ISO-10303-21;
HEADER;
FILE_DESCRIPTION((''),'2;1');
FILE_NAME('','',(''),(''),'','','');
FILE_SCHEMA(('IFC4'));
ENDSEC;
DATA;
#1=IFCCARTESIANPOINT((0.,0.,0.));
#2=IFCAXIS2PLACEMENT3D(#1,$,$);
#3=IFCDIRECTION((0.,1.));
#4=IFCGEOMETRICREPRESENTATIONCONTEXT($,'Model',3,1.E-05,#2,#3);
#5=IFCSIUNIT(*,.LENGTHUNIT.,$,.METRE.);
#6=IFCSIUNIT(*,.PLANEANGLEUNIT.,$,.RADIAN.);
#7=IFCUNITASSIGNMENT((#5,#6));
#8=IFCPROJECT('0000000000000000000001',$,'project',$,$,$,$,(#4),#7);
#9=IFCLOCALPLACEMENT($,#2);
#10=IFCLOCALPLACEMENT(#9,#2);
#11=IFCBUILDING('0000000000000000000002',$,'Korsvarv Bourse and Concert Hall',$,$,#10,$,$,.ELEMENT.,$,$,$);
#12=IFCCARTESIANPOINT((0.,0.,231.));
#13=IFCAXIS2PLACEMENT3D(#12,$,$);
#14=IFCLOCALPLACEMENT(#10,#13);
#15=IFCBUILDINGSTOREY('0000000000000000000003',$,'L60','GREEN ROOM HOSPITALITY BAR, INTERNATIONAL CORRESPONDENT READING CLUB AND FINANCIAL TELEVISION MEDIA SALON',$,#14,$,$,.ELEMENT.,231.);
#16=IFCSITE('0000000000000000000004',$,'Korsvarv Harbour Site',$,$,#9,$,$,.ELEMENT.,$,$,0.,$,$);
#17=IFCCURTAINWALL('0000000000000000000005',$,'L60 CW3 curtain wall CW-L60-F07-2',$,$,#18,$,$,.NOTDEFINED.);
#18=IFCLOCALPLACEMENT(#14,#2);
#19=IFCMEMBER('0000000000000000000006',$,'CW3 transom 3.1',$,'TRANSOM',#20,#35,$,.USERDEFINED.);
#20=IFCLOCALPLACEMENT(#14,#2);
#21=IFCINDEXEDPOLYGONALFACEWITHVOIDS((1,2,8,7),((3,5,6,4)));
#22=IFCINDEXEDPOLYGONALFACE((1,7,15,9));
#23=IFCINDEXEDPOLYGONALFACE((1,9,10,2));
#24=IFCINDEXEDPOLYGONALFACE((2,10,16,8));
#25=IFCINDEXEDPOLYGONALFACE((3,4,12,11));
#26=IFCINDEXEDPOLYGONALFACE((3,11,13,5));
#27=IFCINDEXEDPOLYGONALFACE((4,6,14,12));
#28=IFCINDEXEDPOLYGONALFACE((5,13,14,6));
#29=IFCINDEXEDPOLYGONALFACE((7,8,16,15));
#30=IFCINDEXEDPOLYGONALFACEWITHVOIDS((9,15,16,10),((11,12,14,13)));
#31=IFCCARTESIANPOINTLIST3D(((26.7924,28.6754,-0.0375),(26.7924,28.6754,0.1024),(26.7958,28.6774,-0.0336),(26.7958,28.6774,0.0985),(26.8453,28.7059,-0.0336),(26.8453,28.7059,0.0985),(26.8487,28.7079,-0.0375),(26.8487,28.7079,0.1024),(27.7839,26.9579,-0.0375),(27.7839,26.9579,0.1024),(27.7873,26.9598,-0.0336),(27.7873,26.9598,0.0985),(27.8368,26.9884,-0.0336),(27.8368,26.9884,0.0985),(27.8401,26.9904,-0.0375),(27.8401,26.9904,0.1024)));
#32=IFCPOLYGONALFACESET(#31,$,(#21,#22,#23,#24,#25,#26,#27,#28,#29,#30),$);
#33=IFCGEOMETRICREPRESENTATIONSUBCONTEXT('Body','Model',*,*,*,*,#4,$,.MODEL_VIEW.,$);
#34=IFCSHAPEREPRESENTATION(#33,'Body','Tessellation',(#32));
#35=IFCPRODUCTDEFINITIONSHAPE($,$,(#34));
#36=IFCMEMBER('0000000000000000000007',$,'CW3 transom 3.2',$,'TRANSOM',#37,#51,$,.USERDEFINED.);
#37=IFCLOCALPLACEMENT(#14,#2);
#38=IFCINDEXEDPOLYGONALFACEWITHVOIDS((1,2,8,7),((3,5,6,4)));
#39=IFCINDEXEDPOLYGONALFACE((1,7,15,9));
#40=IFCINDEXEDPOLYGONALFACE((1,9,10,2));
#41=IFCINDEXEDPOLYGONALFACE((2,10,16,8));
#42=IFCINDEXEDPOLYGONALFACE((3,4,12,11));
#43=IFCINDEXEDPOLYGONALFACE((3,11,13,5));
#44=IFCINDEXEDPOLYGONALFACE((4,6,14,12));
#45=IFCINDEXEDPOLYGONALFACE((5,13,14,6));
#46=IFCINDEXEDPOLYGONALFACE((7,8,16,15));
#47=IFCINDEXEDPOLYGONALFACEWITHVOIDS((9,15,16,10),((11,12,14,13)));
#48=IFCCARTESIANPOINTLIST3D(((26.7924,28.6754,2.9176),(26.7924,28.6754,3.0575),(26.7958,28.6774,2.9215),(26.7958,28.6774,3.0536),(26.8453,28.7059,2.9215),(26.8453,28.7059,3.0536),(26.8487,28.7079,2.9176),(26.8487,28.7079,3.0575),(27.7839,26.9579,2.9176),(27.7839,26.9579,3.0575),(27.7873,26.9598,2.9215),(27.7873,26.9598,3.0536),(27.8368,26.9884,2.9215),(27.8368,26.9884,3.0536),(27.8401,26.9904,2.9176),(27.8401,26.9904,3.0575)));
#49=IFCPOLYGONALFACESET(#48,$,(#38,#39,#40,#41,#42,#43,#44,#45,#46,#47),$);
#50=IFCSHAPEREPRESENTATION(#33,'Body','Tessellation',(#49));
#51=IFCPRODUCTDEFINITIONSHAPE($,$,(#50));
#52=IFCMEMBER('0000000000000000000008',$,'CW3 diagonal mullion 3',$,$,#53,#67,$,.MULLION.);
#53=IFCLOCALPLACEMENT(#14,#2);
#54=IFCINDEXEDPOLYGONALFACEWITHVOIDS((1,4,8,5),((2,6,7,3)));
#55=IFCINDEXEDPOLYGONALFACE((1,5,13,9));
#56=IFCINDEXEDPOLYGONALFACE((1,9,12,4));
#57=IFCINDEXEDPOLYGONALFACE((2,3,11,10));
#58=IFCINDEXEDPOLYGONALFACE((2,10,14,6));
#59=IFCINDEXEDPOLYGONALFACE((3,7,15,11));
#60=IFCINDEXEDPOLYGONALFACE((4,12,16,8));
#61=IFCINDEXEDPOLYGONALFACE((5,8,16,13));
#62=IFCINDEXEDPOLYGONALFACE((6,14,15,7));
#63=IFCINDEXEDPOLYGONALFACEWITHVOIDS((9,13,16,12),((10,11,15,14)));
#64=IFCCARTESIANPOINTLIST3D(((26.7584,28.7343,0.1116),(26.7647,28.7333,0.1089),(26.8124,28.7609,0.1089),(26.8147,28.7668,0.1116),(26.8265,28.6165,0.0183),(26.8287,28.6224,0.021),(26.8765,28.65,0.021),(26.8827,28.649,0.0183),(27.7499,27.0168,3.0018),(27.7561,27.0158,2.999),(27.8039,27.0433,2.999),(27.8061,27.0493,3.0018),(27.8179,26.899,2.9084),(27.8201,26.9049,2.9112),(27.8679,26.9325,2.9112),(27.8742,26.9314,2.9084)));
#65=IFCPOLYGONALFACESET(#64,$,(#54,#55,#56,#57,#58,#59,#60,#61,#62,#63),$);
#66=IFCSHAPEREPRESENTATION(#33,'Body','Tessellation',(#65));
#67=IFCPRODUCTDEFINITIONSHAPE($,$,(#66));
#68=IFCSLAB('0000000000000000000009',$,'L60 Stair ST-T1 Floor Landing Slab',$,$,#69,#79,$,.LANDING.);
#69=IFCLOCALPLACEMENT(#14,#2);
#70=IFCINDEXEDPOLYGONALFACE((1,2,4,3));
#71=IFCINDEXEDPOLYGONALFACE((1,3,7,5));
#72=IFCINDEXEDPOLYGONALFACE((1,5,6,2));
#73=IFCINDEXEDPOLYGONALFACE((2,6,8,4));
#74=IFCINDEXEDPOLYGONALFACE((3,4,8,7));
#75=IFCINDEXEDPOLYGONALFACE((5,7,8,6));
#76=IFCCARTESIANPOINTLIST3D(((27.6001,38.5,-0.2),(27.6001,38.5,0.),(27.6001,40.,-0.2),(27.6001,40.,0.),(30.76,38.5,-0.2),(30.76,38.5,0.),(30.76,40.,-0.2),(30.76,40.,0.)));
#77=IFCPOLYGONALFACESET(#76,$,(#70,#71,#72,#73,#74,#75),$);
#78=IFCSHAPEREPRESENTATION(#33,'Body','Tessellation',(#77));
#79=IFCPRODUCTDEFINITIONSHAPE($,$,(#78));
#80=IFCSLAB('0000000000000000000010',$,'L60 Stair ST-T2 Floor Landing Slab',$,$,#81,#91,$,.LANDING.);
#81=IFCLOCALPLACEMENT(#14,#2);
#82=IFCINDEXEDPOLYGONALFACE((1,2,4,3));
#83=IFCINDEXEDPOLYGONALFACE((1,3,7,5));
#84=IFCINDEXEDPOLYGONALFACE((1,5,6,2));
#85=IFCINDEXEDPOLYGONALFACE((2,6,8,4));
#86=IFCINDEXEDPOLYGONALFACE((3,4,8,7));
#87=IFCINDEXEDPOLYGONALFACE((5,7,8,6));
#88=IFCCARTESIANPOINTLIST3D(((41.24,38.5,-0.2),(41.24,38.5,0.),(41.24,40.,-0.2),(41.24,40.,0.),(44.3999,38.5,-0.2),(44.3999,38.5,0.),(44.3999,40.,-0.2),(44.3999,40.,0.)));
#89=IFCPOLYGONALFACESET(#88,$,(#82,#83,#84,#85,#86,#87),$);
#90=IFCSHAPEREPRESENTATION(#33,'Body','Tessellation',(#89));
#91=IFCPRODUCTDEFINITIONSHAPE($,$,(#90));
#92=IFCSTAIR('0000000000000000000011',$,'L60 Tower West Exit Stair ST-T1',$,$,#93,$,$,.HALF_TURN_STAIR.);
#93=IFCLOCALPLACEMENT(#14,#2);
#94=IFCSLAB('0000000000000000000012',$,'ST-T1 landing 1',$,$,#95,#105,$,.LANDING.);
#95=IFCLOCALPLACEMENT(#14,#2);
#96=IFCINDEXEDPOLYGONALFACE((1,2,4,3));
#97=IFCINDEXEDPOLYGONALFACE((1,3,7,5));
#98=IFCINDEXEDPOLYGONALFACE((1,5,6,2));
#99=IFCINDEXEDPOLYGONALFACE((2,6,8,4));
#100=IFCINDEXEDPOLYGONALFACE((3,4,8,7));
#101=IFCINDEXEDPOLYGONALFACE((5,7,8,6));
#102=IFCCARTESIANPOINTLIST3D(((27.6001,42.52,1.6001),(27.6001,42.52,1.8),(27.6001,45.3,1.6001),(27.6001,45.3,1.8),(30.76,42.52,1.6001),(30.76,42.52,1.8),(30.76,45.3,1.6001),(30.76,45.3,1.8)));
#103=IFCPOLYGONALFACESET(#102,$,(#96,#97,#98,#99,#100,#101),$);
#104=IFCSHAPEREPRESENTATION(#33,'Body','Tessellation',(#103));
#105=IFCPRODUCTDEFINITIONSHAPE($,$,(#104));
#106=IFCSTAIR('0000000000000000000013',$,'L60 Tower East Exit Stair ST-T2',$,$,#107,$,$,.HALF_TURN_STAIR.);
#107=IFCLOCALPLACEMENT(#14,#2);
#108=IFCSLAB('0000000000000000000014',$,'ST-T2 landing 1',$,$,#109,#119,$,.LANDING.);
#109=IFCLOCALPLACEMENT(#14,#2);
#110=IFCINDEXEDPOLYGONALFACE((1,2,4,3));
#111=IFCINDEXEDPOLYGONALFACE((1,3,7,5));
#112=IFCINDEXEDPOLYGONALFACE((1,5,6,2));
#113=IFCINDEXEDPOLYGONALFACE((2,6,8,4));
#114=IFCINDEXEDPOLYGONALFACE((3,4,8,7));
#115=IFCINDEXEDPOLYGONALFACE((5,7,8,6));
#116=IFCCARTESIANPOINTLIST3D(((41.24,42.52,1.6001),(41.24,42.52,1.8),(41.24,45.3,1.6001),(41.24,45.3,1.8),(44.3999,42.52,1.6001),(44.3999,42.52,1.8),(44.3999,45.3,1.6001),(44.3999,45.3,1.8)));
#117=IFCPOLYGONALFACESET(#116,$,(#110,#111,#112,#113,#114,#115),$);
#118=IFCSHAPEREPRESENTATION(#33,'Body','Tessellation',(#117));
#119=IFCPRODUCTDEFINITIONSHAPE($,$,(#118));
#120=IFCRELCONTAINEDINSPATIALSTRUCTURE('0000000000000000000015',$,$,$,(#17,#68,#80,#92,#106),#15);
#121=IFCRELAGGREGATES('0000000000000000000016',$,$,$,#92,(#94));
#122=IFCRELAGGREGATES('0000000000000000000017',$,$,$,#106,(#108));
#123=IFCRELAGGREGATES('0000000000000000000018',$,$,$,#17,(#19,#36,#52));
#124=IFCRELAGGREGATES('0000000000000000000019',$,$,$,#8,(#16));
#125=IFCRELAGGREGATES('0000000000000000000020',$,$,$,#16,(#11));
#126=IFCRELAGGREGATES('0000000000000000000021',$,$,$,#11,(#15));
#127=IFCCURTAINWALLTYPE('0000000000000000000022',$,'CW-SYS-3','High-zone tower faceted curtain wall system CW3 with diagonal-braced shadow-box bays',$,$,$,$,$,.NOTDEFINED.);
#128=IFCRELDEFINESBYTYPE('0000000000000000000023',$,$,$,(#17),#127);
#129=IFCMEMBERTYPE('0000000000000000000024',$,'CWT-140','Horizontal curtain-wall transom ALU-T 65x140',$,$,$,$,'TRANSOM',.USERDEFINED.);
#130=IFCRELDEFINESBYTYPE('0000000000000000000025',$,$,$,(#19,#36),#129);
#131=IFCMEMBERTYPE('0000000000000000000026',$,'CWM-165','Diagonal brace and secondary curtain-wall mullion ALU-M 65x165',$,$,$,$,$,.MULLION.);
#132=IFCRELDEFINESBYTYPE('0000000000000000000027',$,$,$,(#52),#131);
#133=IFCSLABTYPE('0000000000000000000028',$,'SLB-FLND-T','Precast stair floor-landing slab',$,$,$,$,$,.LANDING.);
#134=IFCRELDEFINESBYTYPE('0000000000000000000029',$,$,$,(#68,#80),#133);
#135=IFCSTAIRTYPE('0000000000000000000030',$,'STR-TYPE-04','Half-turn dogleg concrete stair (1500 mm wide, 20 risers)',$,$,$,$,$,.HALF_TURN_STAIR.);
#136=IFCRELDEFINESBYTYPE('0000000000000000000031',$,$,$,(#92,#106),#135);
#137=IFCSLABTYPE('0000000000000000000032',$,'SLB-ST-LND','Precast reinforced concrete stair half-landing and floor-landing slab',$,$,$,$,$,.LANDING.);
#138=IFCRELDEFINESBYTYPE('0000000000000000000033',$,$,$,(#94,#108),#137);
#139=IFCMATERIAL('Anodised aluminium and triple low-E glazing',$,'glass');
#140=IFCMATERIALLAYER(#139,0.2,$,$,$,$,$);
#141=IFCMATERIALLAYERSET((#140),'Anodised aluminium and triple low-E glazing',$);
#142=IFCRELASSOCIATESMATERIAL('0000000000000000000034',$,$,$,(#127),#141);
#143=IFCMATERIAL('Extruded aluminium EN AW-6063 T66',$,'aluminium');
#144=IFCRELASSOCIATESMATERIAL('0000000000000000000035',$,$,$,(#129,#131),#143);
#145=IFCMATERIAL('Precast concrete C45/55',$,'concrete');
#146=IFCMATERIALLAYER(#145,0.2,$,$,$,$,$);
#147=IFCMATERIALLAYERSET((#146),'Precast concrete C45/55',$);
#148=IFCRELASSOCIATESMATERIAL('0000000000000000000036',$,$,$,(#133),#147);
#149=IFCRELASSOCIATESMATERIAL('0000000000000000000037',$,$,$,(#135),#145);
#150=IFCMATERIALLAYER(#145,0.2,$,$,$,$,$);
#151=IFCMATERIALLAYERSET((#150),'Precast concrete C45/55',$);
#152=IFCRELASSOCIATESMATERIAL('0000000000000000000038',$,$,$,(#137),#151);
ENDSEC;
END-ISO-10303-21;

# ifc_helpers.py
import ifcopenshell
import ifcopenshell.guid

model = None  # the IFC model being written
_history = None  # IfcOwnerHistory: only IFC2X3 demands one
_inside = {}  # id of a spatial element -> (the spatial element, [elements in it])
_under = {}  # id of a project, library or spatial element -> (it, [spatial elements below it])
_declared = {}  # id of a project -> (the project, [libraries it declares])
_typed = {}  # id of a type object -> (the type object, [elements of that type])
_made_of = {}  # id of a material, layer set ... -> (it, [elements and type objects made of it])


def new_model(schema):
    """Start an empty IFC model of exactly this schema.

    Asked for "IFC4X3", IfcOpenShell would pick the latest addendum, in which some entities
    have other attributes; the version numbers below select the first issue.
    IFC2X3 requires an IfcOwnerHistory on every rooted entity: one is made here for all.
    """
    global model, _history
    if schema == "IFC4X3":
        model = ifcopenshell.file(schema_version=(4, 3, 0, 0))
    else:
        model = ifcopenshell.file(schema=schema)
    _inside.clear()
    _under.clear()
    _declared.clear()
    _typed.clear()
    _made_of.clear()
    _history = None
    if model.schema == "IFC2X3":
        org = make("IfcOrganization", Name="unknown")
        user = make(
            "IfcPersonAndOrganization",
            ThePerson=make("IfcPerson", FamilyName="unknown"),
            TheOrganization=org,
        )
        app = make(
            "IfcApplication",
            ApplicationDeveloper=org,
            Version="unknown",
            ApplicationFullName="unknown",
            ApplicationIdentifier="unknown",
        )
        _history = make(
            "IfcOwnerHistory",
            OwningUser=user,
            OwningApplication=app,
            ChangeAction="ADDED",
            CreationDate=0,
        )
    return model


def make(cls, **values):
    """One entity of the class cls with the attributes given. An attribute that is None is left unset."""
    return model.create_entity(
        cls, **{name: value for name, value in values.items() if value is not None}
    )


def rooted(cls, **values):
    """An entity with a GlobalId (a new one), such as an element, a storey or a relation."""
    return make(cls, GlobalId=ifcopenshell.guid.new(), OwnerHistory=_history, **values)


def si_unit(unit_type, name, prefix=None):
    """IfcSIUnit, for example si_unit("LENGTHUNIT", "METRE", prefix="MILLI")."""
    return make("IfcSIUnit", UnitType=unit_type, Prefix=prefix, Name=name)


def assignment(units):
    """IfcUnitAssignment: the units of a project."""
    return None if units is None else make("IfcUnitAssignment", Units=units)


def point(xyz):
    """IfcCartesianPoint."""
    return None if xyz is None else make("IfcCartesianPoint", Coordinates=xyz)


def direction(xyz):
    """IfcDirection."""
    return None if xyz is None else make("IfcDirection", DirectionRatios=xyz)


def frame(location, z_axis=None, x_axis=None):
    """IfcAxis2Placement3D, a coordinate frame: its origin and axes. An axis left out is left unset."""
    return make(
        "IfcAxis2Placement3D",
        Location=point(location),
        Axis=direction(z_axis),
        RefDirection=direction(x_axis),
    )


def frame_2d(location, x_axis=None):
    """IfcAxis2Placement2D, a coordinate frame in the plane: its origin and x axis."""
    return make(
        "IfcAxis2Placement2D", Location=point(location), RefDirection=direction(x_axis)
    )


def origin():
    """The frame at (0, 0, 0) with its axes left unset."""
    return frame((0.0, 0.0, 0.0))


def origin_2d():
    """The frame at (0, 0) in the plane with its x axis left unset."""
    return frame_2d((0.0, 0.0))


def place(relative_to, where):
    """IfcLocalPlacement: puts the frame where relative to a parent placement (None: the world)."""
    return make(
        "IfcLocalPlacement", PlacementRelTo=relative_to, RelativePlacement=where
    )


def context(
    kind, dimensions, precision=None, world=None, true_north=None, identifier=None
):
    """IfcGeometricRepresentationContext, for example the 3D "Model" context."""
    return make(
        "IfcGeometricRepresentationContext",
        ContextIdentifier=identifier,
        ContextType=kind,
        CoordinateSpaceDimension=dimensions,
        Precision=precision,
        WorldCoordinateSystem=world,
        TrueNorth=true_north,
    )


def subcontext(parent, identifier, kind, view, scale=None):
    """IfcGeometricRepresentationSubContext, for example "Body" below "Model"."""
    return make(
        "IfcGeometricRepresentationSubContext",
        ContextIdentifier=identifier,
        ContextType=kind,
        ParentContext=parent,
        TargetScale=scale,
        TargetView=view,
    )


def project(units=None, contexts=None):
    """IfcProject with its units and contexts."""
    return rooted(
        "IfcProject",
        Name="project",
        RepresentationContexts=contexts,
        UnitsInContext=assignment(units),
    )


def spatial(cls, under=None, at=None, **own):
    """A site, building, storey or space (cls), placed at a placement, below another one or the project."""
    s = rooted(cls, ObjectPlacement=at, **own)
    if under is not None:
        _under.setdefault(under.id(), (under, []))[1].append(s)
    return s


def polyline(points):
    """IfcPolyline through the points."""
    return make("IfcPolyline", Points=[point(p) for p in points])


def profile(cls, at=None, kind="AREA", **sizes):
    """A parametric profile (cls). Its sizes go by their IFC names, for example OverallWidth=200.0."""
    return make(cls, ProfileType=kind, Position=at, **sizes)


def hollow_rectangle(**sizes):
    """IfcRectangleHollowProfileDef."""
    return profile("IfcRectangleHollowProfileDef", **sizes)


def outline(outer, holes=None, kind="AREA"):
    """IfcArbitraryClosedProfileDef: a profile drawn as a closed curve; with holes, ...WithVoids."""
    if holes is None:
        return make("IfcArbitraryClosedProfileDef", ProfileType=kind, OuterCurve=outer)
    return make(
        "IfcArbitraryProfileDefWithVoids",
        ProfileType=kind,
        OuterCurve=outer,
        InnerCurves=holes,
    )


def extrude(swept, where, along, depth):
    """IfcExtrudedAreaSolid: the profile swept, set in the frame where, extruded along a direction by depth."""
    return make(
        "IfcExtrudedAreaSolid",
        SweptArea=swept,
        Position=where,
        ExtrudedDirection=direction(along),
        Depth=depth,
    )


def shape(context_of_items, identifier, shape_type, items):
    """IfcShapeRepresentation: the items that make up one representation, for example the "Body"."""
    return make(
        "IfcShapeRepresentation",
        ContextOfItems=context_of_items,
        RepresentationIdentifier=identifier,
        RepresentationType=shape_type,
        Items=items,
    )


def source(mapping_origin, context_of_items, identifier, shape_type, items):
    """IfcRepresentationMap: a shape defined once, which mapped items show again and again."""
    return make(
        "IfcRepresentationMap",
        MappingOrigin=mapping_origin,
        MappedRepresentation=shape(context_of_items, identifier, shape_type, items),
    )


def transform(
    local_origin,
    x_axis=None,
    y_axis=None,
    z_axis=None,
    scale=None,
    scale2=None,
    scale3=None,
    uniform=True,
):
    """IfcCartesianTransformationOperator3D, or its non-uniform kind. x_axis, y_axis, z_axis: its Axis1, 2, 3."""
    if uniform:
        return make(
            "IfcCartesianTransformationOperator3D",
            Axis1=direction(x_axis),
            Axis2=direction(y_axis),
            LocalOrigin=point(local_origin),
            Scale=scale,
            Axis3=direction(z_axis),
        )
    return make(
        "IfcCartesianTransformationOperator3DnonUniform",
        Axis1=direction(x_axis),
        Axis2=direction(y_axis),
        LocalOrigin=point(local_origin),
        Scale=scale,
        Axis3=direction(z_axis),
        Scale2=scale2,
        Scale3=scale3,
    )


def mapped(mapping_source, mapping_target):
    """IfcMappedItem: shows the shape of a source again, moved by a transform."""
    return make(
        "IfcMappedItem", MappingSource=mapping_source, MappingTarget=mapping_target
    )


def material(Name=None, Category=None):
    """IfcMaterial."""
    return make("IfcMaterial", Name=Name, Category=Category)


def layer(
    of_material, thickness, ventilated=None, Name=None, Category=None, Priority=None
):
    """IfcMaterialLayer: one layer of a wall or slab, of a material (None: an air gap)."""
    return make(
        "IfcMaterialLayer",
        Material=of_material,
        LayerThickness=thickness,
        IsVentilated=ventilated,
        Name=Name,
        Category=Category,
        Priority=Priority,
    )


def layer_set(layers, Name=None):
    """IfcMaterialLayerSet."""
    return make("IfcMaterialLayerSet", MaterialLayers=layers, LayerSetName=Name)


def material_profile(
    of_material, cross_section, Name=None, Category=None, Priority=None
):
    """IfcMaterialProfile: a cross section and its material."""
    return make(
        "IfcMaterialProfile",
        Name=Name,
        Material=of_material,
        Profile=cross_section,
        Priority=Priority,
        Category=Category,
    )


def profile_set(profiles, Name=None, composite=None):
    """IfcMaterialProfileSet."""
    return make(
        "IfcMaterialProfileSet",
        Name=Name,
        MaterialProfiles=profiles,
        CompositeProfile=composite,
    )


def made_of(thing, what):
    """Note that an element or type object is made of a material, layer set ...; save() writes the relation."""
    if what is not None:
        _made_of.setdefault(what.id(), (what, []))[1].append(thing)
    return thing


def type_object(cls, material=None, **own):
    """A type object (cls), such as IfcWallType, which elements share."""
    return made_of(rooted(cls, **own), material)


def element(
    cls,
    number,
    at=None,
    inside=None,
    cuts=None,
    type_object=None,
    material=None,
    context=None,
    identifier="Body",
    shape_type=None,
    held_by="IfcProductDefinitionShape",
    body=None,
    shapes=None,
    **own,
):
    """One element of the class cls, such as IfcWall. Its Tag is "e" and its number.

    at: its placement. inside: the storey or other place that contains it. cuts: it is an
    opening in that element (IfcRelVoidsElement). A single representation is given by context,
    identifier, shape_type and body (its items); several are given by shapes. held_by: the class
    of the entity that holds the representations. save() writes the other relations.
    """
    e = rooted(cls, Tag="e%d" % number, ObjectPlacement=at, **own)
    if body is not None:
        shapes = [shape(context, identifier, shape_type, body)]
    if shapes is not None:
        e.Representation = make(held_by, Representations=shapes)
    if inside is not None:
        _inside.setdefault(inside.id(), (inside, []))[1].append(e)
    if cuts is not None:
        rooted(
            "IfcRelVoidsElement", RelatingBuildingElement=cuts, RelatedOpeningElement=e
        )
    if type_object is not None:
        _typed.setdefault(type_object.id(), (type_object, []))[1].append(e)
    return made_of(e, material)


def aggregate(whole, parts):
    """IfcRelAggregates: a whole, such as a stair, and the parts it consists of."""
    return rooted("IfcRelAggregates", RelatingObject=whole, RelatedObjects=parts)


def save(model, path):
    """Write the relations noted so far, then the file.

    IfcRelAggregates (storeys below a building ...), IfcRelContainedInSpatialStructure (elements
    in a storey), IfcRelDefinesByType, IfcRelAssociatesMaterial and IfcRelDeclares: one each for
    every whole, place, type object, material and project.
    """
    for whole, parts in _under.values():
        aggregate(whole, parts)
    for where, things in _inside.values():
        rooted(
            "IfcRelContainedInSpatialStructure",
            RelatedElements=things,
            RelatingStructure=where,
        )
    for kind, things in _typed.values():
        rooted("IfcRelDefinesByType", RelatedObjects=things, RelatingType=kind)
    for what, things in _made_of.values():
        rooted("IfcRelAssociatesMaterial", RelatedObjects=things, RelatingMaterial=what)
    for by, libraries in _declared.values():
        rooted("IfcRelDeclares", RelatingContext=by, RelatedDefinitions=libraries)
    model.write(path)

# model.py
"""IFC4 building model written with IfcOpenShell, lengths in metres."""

from ifc_helpers import new_model, si_unit, direction, frame, origin, origin_2d, place, context, subcontext, project, spatial, polyline, hollow_rectangle, outline, extrude, source, transform, mapped, material, layer, layer_set, material_profile, profile_set, type_object, element, aggregate, save


model = new_model("IFC4")

# Units and contexts
model_context = context("Model", 3, precision=1e-05, world=origin(), true_north=direction((0.0, 1.0)))
body_context = subcontext(model_context, "Body", "Model", "MODEL_VIEW")
ifc_project = project(units=[si_unit("LENGTHUNIT", "METRE"), si_unit("PLANEANGLEUNIT", "RADIAN")], contexts=[model_context])

# Site, building, storey
site_placement = place(None, origin())
site = spatial("IfcSite", under=ifc_project, at=site_placement, Name="Korsvarv Harbour Site", CompositionType="ELEMENT", RefElevation=0.0)
building_placement = place(site_placement, origin())
building = spatial("IfcBuilding", under=site, at=building_placement, Name="Korsvarv Bourse and Concert Hall", CompositionType="ELEMENT")
storey_placement = place(building_placement, frame((0.0, 0.0, 231.0)))
storey = spatial("IfcBuildingStorey", under=building, at=storey_placement, Name="L60", Description="GREEN ROOM HOSPITALITY BAR, INTERNATIONAL CORRESPONDENT READING CLUB AND FINANCIAL TELEVISION MEDIA SALON", CompositionType="ELEMENT", Elevation=231.0)

# Curtain wall, members
ifc_material_1 = material(Name="Anodised aluminium and triple low-E glazing", Category="glass")
ifc_layer_1 = layer(ifc_material_1, 0.2)
ifc_layer_set_1 = layer_set([ifc_layer_1], Name="Anodised aluminium and triple low-E glazing")
curtain_wall_type = type_object("IfcCurtainWallType", Name="CW-SYS-3", Description="High-zone tower faceted curtain wall system CW3 with diagonal-braced shadow-box bays", PredefinedType="NOTDEFINED", material=ifc_layer_set_1)
curtain_wall_placement = place(storey_placement, origin())
curtain_wall = element("IfcCurtainWall", 1, at=curtain_wall_placement, inside=storey, type_object=curtain_wall_type, Name="L60 CW3 curtain wall CW-L60-F07-2", PredefinedType="NOTDEFINED")
ifc_material_2 = material(Name="Extruded aluminium EN AW-6063 T66", Category="aluminium")
ifc_material_profile_1 = material_profile(ifc_material_2, hollow_rectangle(XDim=0.0649, YDim=0.1399, WallThickness=0.0039, at=origin_2d()), Name="ALU-T 65x140")
ifc_profile_set_1 = profile_set([ifc_material_profile_1], Name="Extruded aluminium EN AW-6063 T66")
member_type_1 = type_object("IfcMemberType", Name="CWT-140", Description="Horizontal curtain-wall transom ALU-T 65x140", ElementType="TRANSOM", PredefinedType="USERDEFINED", material=ifc_profile_set_1)
shared_shape_1 = source(origin(), body_context, "Body", "SweptSolid", [
    extrude(hollow_rectangle(XDim=0.0649, YDim=0.1399, WallThickness=0.0039, at=origin_2d()), origin(), (0.0, 0.0, 1.0), 1.9832),
])
member_1_placement = place(storey_placement, frame((26.8206, 28.6917, 0.0325), z_axis=(0.499939, -0.866061, 0.0), x_axis=(0.866061, 0.499939, 0.0)))
member_1 = element("IfcMember", 2, at=member_1_placement, type_object=member_type_1, Name="CW3 transom 3.1", ObjectType="TRANSOM", PredefinedType="USERDEFINED", context=body_context, shape_type="MappedRepresentation", body=[
    mapped(shared_shape_1, transform((0.0, 0.0, 0.0), scale=1.0)),
])
member_2_placement = place(storey_placement, frame((26.8206, 28.6917, 2.9875), z_axis=(0.499939, -0.866061, 0.0), x_axis=(0.866061, 0.499939, 0.0)))
member_2 = element("IfcMember", 3, at=member_2_placement, type_object=member_type_1, Name="CW3 transom 3.2", ObjectType="TRANSOM", PredefinedType="USERDEFINED", context=body_context, shape_type="MappedRepresentation", body=[
    mapped(shared_shape_1, transform((0.0, 0.0, 0.0), scale=1.0)),
])
ifc_material_profile_2 = material_profile(ifc_material_2, hollow_rectangle(XDim=0.0649, YDim=0.165, WallThickness=0.0049, at=origin_2d()), Name="ALU-M 65x165")
ifc_profile_set_2 = profile_set([ifc_material_profile_2], Name="Extruded aluminium EN AW-6063 T66")
member_type_2 = type_object("IfcMemberType", Name="CWM-165", Description="Diagonal brace and secondary curtain-wall mullion ALU-M 65x165", PredefinedType="MULLION", material=ifc_profile_set_2)
shared_shape_2 = source(origin(), body_context, "Body", "SweptSolid", [
    extrude(hollow_rectangle(XDim=0.0649, YDim=0.165, WallThickness=0.0049, at=origin_2d()), origin(), (0.0, 0.0, 1.0), 3.5051),
])
member_3_placement = place(storey_placement, frame((26.8206, 28.6917, 0.0649), z_axis=(0.28286, -0.490008, 0.82455), x_axis=(0.866061, 0.499939, 0.0)))
member_3 = element("IfcMember", 4, at=member_3_placement, type_object=member_type_2, Name="CW3 diagonal mullion 3", PredefinedType="MULLION", context=body_context, shape_type="MappedRepresentation", body=[
    mapped(shared_shape_2, transform((0.0, 0.0, 0.0), scale=1.0)),
])

# Slabs
ifc_material_3 = material(Name="Precast concrete C45/55", Category="concrete")
ifc_layer_2 = layer(ifc_material_3, 0.2)
ifc_layer_set_2 = layer_set([ifc_layer_2], Name="Precast concrete C45/55")
slab_type_1 = type_object("IfcSlabType", Name="SLB-FLND-T", Description="Precast stair floor-landing slab", PredefinedType="LANDING", material=ifc_layer_set_2)
slab_1_placement = place(storey_placement, frame((0.0, 0.0, -0.2)))
element("IfcSlab", 5, at=slab_1_placement, inside=storey, type_object=slab_type_1, Name="L60 Stair ST-T1 Floor Landing Slab", PredefinedType="LANDING", context=body_context, shape_type="SweptSolid", body=[
    extrude(outline(polyline([(30.76, 38.5), (30.76, 40.0), (27.6001, 40.0), (27.6001, 38.5), (30.76, 38.5)])), origin(), (0.0, 0.0, 1.0), 0.2),
])
slab_2_placement = place(storey_placement, frame((0.0, 0.0, -0.2)))
element("IfcSlab", 6, at=slab_2_placement, inside=storey, type_object=slab_type_1, Name="L60 Stair ST-T2 Floor Landing Slab", PredefinedType="LANDING", context=body_context, shape_type="SweptSolid", body=[
    extrude(outline(polyline([(44.3999, 38.5), (44.3999, 40.0), (41.24, 40.0), (41.24, 38.5), (44.3999, 38.5)])), origin(), (0.0, 0.0, 1.0), 0.2),
])

# Stairs, slabs
stair_type = type_object("IfcStairType", Name="STR-TYPE-04", Description="Half-turn dogleg concrete stair (1500 mm wide, 20 risers)", PredefinedType="HALF_TURN_STAIR", material=ifc_material_3)
stair_1_placement = place(storey_placement, origin())
stair_1 = element("IfcStair", 7, at=stair_1_placement, inside=storey, type_object=stair_type, Name="L60 Tower West Exit Stair ST-T1", PredefinedType="HALF_TURN_STAIR")
ifc_layer_3 = layer(ifc_material_3, 0.2)
ifc_layer_set_3 = layer_set([ifc_layer_3], Name="Precast concrete C45/55")
slab_type_2 = type_object("IfcSlabType", Name="SLB-ST-LND", Description="Precast reinforced concrete stair half-landing and floor-landing slab", PredefinedType="LANDING", material=ifc_layer_set_3)
slab_3_placement = place(storey_placement, frame((0.0, 0.0, 1.6001)))
slab_3 = element("IfcSlab", 8, at=slab_3_placement, type_object=slab_type_2, Name="ST-T1 landing 1", PredefinedType="LANDING", context=body_context, shape_type="SweptSolid", body=[
    extrude(outline(polyline([(30.76, 42.52), (30.76, 45.3), (27.6001, 45.3), (27.6001, 42.52), (30.76, 42.52)])), origin(), (0.0, 0.0, 1.0), 0.2),
])
aggregate(stair_1, [slab_3])
stair_2_placement = place(storey_placement, origin())
stair_2 = element("IfcStair", 9, at=stair_2_placement, inside=storey, type_object=stair_type, Name="L60 Tower East Exit Stair ST-T2", PredefinedType="HALF_TURN_STAIR")
slab_4_placement = place(storey_placement, frame((0.0, 0.0, 1.6001)))
slab_4 = element("IfcSlab", 10, at=slab_4_placement, type_object=slab_type_2, Name="ST-T2 landing 1", PredefinedType="LANDING", context=body_context, shape_type="SweptSolid", body=[
    extrude(outline(polyline([(44.3999, 42.52), (44.3999, 45.3), (41.24, 45.3), (41.24, 42.52), (44.3999, 42.52)])), origin(), (0.0, 0.0, 1.0), 0.2),
])
aggregate(stair_2, [slab_4])

aggregate(curtain_wall, [member_1, member_2, member_3])

save(model, "model.ifc")
